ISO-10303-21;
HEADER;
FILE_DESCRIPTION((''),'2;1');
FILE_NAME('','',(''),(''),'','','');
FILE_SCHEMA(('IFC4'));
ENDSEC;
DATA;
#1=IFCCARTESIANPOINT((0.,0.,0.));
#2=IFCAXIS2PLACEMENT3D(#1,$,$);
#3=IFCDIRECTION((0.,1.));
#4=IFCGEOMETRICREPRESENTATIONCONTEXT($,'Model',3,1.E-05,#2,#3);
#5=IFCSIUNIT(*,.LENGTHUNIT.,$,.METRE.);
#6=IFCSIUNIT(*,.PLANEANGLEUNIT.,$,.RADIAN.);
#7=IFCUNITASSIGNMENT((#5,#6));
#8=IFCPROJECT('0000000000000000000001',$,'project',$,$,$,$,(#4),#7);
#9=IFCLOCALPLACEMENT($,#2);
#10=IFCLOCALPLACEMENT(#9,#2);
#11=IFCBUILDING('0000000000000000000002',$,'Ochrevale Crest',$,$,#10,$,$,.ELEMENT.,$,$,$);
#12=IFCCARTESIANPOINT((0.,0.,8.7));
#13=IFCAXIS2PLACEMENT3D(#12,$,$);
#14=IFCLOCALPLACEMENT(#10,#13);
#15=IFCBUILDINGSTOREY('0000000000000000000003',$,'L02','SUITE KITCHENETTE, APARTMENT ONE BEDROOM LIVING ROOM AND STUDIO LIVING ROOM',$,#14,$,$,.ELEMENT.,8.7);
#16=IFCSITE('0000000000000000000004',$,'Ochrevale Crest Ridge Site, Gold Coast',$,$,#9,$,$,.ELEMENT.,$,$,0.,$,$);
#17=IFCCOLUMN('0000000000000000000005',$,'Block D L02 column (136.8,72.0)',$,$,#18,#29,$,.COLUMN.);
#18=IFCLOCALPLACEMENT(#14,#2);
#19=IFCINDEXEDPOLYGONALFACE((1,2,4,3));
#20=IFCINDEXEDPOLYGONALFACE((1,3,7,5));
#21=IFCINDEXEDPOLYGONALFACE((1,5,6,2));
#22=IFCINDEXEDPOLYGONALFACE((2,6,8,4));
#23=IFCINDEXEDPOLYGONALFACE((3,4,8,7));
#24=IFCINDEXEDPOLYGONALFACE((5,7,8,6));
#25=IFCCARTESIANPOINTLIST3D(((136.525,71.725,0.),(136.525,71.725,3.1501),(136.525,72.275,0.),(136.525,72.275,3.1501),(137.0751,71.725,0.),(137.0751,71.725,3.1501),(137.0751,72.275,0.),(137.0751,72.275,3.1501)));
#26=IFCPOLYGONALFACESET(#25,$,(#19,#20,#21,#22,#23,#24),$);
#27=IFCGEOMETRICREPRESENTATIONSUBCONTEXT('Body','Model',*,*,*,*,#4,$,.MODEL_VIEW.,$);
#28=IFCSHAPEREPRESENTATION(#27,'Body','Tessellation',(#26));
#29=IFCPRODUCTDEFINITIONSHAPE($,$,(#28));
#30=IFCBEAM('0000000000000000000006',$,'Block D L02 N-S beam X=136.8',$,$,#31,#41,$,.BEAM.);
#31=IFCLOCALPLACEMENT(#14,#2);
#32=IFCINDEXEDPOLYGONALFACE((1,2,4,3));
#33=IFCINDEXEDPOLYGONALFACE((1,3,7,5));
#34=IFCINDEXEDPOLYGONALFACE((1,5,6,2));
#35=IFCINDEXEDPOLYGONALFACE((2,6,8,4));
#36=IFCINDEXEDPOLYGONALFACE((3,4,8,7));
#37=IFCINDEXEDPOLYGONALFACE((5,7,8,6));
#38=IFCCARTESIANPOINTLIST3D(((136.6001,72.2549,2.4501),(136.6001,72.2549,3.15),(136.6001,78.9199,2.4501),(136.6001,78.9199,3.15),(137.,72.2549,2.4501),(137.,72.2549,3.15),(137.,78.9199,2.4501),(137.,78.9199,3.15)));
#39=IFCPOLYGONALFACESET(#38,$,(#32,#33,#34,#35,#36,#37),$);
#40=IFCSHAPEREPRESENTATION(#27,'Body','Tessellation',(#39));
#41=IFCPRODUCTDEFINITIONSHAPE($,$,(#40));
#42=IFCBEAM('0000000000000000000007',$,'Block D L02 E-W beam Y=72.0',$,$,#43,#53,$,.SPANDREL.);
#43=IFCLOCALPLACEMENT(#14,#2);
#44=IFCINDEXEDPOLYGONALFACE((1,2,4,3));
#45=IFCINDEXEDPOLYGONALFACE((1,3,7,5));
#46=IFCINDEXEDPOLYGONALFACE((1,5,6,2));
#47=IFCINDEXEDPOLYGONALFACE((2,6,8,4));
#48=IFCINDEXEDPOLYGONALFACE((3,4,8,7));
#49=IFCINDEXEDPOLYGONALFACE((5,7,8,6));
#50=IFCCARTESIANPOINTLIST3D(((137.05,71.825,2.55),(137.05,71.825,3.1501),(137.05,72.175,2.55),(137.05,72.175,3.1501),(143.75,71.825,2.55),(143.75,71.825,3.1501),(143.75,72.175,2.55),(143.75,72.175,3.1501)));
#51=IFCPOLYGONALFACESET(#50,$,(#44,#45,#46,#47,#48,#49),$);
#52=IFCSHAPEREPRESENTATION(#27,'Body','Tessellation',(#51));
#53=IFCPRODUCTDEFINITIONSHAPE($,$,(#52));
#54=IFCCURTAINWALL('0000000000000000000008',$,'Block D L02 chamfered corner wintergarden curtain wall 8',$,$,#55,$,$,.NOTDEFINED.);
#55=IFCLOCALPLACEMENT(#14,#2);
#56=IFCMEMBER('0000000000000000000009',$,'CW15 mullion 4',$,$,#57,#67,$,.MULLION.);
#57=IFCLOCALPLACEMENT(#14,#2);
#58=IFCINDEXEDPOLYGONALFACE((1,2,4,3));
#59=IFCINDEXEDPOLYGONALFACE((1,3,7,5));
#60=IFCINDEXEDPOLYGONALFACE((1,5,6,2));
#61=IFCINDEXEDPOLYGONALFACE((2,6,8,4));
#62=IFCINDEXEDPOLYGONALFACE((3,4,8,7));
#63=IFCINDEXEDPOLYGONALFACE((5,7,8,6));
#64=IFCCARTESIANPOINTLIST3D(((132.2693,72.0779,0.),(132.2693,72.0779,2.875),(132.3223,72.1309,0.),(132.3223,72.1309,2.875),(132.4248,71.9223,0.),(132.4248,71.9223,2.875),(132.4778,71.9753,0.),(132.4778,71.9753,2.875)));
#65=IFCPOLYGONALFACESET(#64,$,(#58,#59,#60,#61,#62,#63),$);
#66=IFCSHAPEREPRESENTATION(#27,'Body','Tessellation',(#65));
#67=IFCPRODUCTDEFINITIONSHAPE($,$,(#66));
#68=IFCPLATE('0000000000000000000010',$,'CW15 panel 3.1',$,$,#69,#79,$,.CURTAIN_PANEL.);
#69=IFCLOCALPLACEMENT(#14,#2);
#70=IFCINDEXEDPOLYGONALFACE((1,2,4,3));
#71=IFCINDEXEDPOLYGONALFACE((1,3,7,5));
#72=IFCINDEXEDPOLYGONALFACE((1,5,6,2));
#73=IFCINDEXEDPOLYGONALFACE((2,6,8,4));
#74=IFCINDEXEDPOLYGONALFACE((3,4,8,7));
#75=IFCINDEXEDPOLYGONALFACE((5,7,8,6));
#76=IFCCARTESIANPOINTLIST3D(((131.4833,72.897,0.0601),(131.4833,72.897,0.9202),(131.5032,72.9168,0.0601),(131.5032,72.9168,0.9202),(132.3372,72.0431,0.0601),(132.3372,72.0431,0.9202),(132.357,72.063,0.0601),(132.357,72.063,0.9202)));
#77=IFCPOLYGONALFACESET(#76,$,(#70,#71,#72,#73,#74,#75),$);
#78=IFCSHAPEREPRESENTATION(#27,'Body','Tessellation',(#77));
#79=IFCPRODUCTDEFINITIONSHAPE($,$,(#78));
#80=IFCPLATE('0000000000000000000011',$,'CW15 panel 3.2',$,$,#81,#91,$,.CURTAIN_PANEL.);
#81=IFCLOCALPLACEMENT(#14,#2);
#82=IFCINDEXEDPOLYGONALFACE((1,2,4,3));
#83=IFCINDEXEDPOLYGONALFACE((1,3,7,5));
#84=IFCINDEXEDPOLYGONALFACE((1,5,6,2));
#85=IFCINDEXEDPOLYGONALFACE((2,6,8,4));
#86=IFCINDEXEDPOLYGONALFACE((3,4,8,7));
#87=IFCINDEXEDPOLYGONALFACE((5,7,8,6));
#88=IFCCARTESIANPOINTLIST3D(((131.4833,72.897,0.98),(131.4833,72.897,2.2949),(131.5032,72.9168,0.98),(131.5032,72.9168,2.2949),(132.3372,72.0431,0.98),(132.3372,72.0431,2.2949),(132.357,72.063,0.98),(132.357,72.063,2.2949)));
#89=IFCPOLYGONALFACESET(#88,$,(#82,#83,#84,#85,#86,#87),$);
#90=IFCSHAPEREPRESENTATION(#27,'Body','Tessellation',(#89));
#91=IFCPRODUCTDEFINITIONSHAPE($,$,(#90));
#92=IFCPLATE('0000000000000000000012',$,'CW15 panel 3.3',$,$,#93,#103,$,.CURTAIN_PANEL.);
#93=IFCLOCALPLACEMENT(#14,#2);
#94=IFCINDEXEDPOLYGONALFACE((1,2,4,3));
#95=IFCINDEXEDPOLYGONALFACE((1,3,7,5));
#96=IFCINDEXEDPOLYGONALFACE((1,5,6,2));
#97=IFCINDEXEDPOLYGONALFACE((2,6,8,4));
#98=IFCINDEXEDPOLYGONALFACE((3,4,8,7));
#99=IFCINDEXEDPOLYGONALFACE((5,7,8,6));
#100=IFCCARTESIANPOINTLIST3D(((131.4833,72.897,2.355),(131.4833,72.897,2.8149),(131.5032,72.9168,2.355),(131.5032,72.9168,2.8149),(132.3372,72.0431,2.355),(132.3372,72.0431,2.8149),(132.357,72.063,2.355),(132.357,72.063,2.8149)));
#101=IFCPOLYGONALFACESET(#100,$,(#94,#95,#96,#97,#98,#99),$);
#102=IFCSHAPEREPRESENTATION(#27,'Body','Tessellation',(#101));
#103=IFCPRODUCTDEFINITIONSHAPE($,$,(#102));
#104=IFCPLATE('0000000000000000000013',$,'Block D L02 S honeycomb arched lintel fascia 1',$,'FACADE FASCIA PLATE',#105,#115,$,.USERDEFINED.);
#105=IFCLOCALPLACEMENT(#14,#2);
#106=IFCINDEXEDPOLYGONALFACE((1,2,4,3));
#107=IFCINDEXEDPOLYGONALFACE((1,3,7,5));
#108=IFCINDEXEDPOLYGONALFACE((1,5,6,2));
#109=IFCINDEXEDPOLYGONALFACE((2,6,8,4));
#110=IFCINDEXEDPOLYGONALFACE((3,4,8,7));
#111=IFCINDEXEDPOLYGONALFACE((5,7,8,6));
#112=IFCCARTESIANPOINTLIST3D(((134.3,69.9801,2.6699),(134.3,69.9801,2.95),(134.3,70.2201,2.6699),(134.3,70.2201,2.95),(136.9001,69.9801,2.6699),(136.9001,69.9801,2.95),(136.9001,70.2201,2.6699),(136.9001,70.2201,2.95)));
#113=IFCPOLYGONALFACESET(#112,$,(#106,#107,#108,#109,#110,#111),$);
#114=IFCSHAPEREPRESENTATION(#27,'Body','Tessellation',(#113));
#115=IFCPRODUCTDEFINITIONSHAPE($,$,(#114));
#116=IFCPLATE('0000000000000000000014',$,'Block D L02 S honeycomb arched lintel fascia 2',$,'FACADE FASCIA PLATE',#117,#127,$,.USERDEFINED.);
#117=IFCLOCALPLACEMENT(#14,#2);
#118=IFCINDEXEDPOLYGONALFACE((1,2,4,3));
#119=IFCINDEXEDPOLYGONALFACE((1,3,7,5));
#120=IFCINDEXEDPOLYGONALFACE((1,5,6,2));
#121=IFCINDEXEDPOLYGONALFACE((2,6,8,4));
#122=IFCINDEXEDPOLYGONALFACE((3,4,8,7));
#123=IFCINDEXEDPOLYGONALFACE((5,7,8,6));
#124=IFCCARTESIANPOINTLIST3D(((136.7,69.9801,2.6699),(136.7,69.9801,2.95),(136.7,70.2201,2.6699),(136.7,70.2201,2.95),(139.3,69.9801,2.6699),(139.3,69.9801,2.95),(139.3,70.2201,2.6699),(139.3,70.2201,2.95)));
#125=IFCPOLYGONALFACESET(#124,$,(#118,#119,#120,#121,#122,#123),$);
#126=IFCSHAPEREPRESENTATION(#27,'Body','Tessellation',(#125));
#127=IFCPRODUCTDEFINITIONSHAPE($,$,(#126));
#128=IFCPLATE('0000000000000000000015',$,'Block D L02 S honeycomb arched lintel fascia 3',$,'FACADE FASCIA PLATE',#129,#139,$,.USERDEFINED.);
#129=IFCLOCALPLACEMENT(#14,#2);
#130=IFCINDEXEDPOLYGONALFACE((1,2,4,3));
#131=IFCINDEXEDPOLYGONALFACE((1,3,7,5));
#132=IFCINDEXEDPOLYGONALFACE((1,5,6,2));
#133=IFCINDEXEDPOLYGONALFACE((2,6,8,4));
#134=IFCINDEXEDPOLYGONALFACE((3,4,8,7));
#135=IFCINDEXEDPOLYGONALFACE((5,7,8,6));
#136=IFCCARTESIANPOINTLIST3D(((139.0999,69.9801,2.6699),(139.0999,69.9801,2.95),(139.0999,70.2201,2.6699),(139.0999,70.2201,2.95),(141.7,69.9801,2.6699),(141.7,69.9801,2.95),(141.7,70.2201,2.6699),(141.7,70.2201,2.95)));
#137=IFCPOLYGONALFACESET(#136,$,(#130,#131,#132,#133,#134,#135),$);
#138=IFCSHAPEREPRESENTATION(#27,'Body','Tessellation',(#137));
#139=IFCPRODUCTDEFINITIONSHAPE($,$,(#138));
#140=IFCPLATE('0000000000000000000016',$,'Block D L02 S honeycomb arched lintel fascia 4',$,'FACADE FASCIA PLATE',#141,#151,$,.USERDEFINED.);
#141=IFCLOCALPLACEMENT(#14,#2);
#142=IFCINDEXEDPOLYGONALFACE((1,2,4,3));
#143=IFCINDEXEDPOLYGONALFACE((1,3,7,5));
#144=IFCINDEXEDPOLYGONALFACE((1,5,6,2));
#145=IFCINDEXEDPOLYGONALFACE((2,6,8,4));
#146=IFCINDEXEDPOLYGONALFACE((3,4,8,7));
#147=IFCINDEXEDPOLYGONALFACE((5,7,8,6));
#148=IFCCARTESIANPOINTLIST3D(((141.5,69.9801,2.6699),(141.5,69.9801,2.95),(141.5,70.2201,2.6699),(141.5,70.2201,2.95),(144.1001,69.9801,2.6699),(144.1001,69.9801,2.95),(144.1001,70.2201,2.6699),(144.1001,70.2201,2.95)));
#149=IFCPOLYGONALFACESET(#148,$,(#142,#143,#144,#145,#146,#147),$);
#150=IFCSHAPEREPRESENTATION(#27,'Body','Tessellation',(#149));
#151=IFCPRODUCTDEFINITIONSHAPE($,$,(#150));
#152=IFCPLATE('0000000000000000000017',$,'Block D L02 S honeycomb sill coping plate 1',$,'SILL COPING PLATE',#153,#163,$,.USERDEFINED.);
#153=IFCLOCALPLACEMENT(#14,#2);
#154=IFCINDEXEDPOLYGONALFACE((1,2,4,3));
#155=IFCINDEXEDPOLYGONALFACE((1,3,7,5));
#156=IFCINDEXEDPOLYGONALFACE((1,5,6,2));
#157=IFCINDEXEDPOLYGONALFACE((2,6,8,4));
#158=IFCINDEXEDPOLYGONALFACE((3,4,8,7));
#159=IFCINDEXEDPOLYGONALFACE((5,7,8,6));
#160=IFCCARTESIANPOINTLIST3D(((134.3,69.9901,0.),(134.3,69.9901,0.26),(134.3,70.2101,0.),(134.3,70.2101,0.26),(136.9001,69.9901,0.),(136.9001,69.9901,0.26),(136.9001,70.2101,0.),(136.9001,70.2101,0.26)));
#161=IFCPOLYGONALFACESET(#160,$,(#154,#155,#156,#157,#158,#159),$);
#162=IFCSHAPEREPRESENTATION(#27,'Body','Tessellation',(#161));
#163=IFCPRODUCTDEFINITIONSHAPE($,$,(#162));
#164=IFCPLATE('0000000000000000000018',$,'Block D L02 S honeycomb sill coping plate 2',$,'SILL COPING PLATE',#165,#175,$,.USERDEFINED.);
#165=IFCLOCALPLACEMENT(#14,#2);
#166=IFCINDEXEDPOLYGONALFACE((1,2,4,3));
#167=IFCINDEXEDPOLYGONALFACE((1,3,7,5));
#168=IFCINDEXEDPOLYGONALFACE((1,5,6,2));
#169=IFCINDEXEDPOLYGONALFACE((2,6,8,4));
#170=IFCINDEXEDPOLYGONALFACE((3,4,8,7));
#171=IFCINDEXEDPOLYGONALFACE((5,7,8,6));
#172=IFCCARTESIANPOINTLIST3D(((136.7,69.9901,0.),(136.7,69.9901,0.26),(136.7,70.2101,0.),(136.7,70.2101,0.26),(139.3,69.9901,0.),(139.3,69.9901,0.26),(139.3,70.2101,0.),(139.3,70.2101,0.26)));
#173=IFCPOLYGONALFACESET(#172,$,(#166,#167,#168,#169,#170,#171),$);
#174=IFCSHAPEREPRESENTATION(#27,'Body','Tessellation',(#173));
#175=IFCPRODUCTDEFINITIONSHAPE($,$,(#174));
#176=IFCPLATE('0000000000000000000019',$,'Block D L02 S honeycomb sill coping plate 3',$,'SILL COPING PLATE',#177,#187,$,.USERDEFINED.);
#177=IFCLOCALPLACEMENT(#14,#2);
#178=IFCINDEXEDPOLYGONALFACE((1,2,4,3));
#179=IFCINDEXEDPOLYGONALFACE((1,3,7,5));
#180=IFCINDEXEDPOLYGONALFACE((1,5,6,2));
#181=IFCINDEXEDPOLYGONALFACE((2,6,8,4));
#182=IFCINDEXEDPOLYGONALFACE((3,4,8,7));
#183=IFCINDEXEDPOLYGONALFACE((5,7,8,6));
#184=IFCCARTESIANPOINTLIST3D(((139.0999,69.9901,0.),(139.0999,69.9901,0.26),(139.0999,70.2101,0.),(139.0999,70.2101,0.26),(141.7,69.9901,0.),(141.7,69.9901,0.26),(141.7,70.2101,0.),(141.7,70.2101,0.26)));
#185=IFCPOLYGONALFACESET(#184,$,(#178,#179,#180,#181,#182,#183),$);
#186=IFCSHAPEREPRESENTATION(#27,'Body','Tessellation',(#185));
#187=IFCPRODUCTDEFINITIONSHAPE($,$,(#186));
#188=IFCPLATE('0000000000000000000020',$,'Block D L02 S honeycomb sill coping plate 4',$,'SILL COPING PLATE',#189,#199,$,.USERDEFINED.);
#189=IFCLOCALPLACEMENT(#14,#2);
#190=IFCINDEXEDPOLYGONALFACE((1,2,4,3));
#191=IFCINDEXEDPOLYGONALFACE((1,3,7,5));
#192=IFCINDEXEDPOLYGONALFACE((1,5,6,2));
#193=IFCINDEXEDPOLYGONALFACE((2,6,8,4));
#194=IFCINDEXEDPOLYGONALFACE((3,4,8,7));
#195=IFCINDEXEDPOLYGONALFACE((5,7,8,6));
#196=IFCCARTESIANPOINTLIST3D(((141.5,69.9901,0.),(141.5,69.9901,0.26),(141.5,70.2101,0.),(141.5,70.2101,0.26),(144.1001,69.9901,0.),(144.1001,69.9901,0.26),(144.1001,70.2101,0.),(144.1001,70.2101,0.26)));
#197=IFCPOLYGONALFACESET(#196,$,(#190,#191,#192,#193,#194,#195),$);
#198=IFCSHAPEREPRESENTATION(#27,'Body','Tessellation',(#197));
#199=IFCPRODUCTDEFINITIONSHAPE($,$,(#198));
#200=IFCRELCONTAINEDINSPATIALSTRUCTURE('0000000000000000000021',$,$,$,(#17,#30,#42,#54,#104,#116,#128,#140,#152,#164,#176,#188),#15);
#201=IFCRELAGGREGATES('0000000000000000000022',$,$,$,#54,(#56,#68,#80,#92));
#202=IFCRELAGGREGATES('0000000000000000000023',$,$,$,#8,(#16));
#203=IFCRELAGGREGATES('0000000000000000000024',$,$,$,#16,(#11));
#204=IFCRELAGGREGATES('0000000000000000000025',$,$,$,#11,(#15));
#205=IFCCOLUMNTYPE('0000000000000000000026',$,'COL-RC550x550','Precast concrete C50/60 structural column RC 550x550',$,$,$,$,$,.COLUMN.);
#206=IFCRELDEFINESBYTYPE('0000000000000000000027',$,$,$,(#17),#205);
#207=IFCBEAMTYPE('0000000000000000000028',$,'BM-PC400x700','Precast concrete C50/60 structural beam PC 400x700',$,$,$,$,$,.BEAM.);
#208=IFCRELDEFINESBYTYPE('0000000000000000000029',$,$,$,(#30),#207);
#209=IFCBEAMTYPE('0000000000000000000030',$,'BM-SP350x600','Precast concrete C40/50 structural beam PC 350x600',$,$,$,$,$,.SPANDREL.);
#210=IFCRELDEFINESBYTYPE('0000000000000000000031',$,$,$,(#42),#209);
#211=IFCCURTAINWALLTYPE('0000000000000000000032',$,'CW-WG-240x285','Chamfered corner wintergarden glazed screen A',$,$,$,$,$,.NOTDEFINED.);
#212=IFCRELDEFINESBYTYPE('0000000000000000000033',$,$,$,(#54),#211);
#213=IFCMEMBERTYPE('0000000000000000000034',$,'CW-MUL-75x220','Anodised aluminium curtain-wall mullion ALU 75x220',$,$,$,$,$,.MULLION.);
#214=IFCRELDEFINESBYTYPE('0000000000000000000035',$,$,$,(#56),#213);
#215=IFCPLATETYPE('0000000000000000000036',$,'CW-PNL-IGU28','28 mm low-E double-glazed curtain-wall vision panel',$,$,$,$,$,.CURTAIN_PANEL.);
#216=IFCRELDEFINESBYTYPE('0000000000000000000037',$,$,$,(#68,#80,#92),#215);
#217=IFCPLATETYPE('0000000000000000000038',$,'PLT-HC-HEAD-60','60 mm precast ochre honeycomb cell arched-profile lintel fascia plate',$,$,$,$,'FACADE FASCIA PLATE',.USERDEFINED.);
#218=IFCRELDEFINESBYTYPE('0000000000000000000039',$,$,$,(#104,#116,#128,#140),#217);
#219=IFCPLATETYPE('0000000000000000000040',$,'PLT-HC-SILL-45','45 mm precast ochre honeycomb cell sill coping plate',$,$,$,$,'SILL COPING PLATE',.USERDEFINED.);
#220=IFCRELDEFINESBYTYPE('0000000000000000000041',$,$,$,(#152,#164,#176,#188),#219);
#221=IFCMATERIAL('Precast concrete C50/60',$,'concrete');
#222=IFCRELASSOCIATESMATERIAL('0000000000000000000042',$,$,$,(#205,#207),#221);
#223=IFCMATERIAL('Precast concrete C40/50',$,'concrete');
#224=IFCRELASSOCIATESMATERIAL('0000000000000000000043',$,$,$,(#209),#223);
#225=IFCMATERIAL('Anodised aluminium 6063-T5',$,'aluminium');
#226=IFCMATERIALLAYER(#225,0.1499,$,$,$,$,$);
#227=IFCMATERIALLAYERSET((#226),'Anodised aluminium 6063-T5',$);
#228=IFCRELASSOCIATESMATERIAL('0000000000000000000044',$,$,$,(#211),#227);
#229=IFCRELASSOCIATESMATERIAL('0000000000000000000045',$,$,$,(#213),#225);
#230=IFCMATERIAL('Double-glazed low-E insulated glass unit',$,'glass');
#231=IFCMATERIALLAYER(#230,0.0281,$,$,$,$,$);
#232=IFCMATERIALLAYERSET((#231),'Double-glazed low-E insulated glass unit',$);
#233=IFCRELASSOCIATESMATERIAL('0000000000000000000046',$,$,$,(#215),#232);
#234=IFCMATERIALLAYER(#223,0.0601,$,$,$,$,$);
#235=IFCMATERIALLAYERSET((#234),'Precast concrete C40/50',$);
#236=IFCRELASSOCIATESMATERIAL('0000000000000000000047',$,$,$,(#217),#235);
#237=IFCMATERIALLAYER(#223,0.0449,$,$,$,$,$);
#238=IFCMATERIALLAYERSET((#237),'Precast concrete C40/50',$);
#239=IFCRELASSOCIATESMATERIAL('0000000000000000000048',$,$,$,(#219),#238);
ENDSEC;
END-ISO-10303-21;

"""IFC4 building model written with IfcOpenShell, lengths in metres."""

from ifc_helpers import new_model, si_unit, direction, frame, origin, origin_2d, place, context, subcontext, project, spatial, rectangle, extrude, material, layer, layer_set, material_profile, profile_set, type_object, element, aggregate, save


model = new_model("IFC4")

# Units and contexts
model_context = context("Model", 3, precision=1e-05, world=origin(), true_north=direction((0.0, 1.0)))
body_context = subcontext(model_context, "Body", "Model", "MODEL_VIEW")
ifc_project = project(units=[si_unit("LENGTHUNIT", "METRE"), si_unit("PLANEANGLEUNIT", "RADIAN")], contexts=[model_context])

# Site, building, storey
site_placement = place(None, origin())
site = spatial("IfcSite", under=ifc_project, at=site_placement, Name="Ochrevale Crest Ridge Site, Gold Coast", CompositionType="ELEMENT", RefElevation=0.0)
building_placement = place(site_placement, origin())
building = spatial("IfcBuilding", under=site, at=building_placement, Name="Ochrevale Crest", CompositionType="ELEMENT")
storey_placement = place(building_placement, frame((0.0, 0.0, 8.7)))
storey = spatial("IfcBuildingStorey", under=building, at=storey_placement, Name="L02", Description="SUITE KITCHENETTE, APARTMENT ONE BEDROOM LIVING ROOM AND STUDIO LIVING ROOM", CompositionType="ELEMENT", Elevation=8.7)

# Column
ifc_material_1 = material(Name="Precast concrete C50/60", Category="concrete")
ifc_material_profile_1 = material_profile(ifc_material_1, rectangle(XDim=0.55, YDim=0.55, at=origin_2d()), Name="RC 550x550")
ifc_profile_set_1 = profile_set([ifc_material_profile_1], Name="Precast concrete C50/60")
column_type = type_object("IfcColumnType", Name="COL-RC550x550", Description="Precast concrete C50/60 structural column RC 550x550", PredefinedType="COLUMN", material=ifc_profile_set_1)
column_placement = place(storey_placement, frame((136.8, 72.0, 0.0), z_axis=(0.0, 0.0, 1.0), x_axis=(1.0, 0.0, 0.0)))
element("IfcColumn", 1, at=column_placement, inside=storey, type_object=column_type, Name="Block D L02 column (136.8,72.0)", PredefinedType="COLUMN", context=body_context, shape_type="SweptSolid", body=[
    extrude(rectangle(XDim=0.55, YDim=0.55, at=origin_2d()), origin(), (0.0, 0.0, 1.0), 3.1501),
])

# Beams
ifc_material_profile_2 = material_profile(ifc_material_1, rectangle(XDim=0.3999, YDim=0.7, at=origin_2d()), Name="PC 400x700")
ifc_profile_set_2 = profile_set([ifc_material_profile_2], Name="Precast concrete C50/60")
beam_type_1 = type_object("IfcBeamType", Name="BM-PC400x700", Description="Precast concrete C50/60 structural beam PC 400x700", PredefinedType="BEAM", material=ifc_profile_set_2)
beam_1_placement = place(storey_placement, frame((136.8, 72.2549, 2.8), z_axis=(0.0, 1.0, 0.0), x_axis=(-1.0, 0.0, 0.0)))
element("IfcBeam", 2, at=beam_1_placement, inside=storey, type_object=beam_type_1, Name="Block D L02 N-S beam X=136.8", PredefinedType="BEAM", context=body_context, shape_type="SweptSolid", body=[
    extrude(rectangle(XDim=0.3999, YDim=0.7, at=origin_2d()), origin(), (0.0, 0.0, 1.0), 6.665),
])
ifc_material_2 = material(Name="Precast concrete C40/50", Category="concrete")
ifc_material_profile_3 = material_profile(ifc_material_2, rectangle(XDim=0.3501, YDim=0.6001, at=origin_2d()), Name="PC 350x600")
ifc_profile_set_3 = profile_set([ifc_material_profile_3], Name="Precast concrete C40/50")
beam_type_2 = type_object("IfcBeamType", Name="BM-SP350x600", Description="Precast concrete C40/50 structural beam PC 350x600", PredefinedType="SPANDREL", material=ifc_profile_set_3)
beam_2_placement = place(storey_placement, frame((137.05, 72.0, 2.8501), z_axis=(1.0, 0.0, 0.0), x_axis=(0.0, 1.0, 0.0)))
element("IfcBeam", 3, at=beam_2_placement, inside=storey, type_object=beam_type_2, Name="Block D L02 E-W beam Y=72.0", PredefinedType="SPANDREL", context=body_context, shape_type="SweptSolid", body=[
    extrude(rectangle(XDim=0.3501, YDim=0.6001, at=origin_2d()), origin(), (0.0, 0.0, 1.0), 6.7),
])

# Curtain wall, member, plates
ifc_material_3 = material(Name="Anodised aluminium 6063-T5", Category="aluminium")
ifc_layer_1 = layer(ifc_material_3, 0.1499)
ifc_layer_set_1 = layer_set([ifc_layer_1], Name="Anodised aluminium 6063-T5")
curtain_wall_type = type_object("IfcCurtainWallType", Name="CW-WG-240x285", Description="Chamfered corner wintergarden glazed screen A", PredefinedType="NOTDEFINED", material=ifc_layer_set_1)
curtain_wall_placement = place(storey_placement, origin())
curtain_wall = element("IfcCurtainWall", 4, at=curtain_wall_placement, inside=storey, type_object=curtain_wall_type, Name="Block D L02 chamfered corner wintergarden curtain wall 8", PredefinedType="NOTDEFINED")
ifc_material_profile_4 = material_profile(ifc_material_3, rectangle(XDim=0.075, YDim=0.22, at=origin_2d()), Name="ALU 75x220")
ifc_profile_set_4 = profile_set([ifc_material_profile_4], Name="Anodised aluminium 6063-T5")
member_type = type_object("IfcMemberType", Name="CW-MUL-75x220", Description="Anodised aluminium curtain-wall mullion ALU 75x220", PredefinedType="MULLION", material=ifc_profile_set_4)
member_placement = place(storey_placement, frame((132.3735, 72.0266, 0.0), z_axis=(0.0, 0.0, 1.0), x_axis=(0.707107, 0.707107, 0.0)))
member = element("IfcMember", 5, at=member_placement, type_object=member_type, Name="CW15 mullion 4", PredefinedType="MULLION", context=body_context, shape_type="SweptSolid", body=[
    extrude(rectangle(XDim=0.075, YDim=0.22, at=origin_2d()), origin(), (0.0, 0.0, 1.0), 2.875),
])
ifc_material_4 = material(Name="Double-glazed low-E insulated glass unit", Category="glass")
ifc_layer_2 = layer(ifc_material_4, 0.0281)
ifc_layer_set_2 = layer_set([ifc_layer_2], Name="Double-glazed low-E insulated glass unit")
plate_type_1 = type_object("IfcPlateType", Name="CW-PNL-IGU28", Description="28 mm low-E double-glazed curtain-wall vision panel", PredefinedType="CURTAIN_PANEL", material=ifc_layer_set_2)
plate_1_placement = place(storey_placement, frame((131.9202, 72.48, 0.0601), z_axis=(0.0, 0.0, 1.0), x_axis=(0.707107, -0.707107, 0.0)))
plate_1 = element("IfcPlate", 6, at=plate_1_placement, type_object=plate_type_1, Name="CW15 panel 3.1", PredefinedType="CURTAIN_PANEL", context=body_context, shape_type="SweptSolid", body=[
    extrude(rectangle(XDim=1.2075, YDim=0.0281, at=origin_2d()), origin(), (0.0, 0.0, 1.0), 0.8601),
])
plate_2_placement = place(storey_placement, frame((131.9202, 72.48, 0.98), z_axis=(0.0, 0.0, 1.0), x_axis=(0.707107, -0.707107, 0.0)))
plate_2 = element("IfcPlate", 7, at=plate_2_placement, type_object=plate_type_1, Name="CW15 panel 3.2", PredefinedType="CURTAIN_PANEL", context=body_context, shape_type="SweptSolid", body=[
    extrude(rectangle(XDim=1.2075, YDim=0.0281, at=origin_2d()), origin(), (0.0, 0.0, 1.0), 1.3149),
])
plate_3_placement = place(storey_placement, frame((131.9202, 72.48, 2.355), z_axis=(0.0, 0.0, 1.0), x_axis=(0.707107, -0.707107, 0.0)))
plate_3 = element("IfcPlate", 8, at=plate_3_placement, type_object=plate_type_1, Name="CW15 panel 3.3", PredefinedType="CURTAIN_PANEL", context=body_context, shape_type="SweptSolid", body=[
    extrude(rectangle(XDim=1.2075, YDim=0.0281, at=origin_2d()), origin(), (0.0, 0.0, 1.0), 0.46),
])
aggregate(curtain_wall, [member, plate_1, plate_2, plate_3])

# Plates
ifc_layer_3 = layer(ifc_material_2, 0.0601)
ifc_layer_set_3 = layer_set([ifc_layer_3], Name="Precast concrete C40/50")
plate_type_2 = type_object("IfcPlateType", Name="PLT-HC-HEAD-60", Description="60 mm precast ochre honeycomb cell arched-profile lintel fascia plate", ElementType="FACADE FASCIA PLATE", PredefinedType="USERDEFINED", material=ifc_layer_set_3)
for number, where, z_axis, x_axis, name in (
    (9, (135.6001, 70.1001, 2.6699), (0.0, 0.0, 1.0), (1.0, 0.0, 0.0), "Block D L02 S honeycomb arched lintel fascia 1"),
    (10, (138.0, 70.1001, 2.6699), (0.0, 0.0, 1.0), (1.0, 0.0, 0.0), "Block D L02 S honeycomb arched lintel fascia 2"),
    (11, (140.3999, 70.1001, 2.6699), (0.0, 0.0, 1.0), (1.0, 0.0, 0.0), "Block D L02 S honeycomb arched lintel fascia 3"),
    (12, (142.8, 70.1001, 2.6699), (0.0, 0.0, 1.0), (1.0, 0.0, 0.0), "Block D L02 S honeycomb arched lintel fascia 4"),
):
    element("IfcPlate", number, at=place(storey_placement, frame(where, z_axis=z_axis, x_axis=x_axis)), inside=storey, type_object=plate_type_2, Name=name, ObjectType="FACADE FASCIA PLATE", PredefinedType="USERDEFINED", context=body_context, shape_type="SweptSolid", body=[
        extrude(rectangle(XDim=2.6001, YDim=0.24, at=origin_2d()), origin(), (0.0, 0.0, 1.0), 0.28),
    ])
ifc_layer_4 = layer(ifc_material_2, 0.0449)
ifc_layer_set_4 = layer_set([ifc_layer_4], Name="Precast concrete C40/50")
plate_type_3 = type_object("IfcPlateType", Name="PLT-HC-SILL-45", Description="45 mm precast ochre honeycomb cell sill coping plate", ElementType="SILL COPING PLATE", PredefinedType="USERDEFINED", material=ifc_layer_set_4)
for number, where, z_axis, x_axis, name in (
    (13, (135.6001, 70.1001, 0.0), (0.0, 0.0, 1.0), (1.0, 0.0, 0.0), "Block D L02 S honeycomb sill coping plate 1"),
    (14, (138.0, 70.1001, 0.0), (0.0, 0.0, 1.0), (1.0, 0.0, 0.0), "Block D L02 S honeycomb sill coping plate 2"),
    (15, (140.3999, 70.1001, 0.0), (0.0, 0.0, 1.0), (1.0, 0.0, 0.0), "Block D L02 S honeycomb sill coping plate 3"),
    (16, (142.8, 70.1001, 0.0), (0.0, 0.0, 1.0), (1.0, 0.0, 0.0), "Block D L02 S honeycomb sill coping plate 4"),
):
    element("IfcPlate", number, at=place(storey_placement, frame(where, z_axis=z_axis, x_axis=x_axis)), inside=storey, type_object=plate_type_3, Name=name, ObjectType="SILL COPING PLATE", PredefinedType="USERDEFINED", context=body_context, shape_type="SweptSolid", body=[
        extrude(rectangle(XDim=2.6001, YDim=0.22, at=origin_2d()), origin(), (0.0, 0.0, 1.0), 0.26),
    ])

save(model, "model.ifc")
